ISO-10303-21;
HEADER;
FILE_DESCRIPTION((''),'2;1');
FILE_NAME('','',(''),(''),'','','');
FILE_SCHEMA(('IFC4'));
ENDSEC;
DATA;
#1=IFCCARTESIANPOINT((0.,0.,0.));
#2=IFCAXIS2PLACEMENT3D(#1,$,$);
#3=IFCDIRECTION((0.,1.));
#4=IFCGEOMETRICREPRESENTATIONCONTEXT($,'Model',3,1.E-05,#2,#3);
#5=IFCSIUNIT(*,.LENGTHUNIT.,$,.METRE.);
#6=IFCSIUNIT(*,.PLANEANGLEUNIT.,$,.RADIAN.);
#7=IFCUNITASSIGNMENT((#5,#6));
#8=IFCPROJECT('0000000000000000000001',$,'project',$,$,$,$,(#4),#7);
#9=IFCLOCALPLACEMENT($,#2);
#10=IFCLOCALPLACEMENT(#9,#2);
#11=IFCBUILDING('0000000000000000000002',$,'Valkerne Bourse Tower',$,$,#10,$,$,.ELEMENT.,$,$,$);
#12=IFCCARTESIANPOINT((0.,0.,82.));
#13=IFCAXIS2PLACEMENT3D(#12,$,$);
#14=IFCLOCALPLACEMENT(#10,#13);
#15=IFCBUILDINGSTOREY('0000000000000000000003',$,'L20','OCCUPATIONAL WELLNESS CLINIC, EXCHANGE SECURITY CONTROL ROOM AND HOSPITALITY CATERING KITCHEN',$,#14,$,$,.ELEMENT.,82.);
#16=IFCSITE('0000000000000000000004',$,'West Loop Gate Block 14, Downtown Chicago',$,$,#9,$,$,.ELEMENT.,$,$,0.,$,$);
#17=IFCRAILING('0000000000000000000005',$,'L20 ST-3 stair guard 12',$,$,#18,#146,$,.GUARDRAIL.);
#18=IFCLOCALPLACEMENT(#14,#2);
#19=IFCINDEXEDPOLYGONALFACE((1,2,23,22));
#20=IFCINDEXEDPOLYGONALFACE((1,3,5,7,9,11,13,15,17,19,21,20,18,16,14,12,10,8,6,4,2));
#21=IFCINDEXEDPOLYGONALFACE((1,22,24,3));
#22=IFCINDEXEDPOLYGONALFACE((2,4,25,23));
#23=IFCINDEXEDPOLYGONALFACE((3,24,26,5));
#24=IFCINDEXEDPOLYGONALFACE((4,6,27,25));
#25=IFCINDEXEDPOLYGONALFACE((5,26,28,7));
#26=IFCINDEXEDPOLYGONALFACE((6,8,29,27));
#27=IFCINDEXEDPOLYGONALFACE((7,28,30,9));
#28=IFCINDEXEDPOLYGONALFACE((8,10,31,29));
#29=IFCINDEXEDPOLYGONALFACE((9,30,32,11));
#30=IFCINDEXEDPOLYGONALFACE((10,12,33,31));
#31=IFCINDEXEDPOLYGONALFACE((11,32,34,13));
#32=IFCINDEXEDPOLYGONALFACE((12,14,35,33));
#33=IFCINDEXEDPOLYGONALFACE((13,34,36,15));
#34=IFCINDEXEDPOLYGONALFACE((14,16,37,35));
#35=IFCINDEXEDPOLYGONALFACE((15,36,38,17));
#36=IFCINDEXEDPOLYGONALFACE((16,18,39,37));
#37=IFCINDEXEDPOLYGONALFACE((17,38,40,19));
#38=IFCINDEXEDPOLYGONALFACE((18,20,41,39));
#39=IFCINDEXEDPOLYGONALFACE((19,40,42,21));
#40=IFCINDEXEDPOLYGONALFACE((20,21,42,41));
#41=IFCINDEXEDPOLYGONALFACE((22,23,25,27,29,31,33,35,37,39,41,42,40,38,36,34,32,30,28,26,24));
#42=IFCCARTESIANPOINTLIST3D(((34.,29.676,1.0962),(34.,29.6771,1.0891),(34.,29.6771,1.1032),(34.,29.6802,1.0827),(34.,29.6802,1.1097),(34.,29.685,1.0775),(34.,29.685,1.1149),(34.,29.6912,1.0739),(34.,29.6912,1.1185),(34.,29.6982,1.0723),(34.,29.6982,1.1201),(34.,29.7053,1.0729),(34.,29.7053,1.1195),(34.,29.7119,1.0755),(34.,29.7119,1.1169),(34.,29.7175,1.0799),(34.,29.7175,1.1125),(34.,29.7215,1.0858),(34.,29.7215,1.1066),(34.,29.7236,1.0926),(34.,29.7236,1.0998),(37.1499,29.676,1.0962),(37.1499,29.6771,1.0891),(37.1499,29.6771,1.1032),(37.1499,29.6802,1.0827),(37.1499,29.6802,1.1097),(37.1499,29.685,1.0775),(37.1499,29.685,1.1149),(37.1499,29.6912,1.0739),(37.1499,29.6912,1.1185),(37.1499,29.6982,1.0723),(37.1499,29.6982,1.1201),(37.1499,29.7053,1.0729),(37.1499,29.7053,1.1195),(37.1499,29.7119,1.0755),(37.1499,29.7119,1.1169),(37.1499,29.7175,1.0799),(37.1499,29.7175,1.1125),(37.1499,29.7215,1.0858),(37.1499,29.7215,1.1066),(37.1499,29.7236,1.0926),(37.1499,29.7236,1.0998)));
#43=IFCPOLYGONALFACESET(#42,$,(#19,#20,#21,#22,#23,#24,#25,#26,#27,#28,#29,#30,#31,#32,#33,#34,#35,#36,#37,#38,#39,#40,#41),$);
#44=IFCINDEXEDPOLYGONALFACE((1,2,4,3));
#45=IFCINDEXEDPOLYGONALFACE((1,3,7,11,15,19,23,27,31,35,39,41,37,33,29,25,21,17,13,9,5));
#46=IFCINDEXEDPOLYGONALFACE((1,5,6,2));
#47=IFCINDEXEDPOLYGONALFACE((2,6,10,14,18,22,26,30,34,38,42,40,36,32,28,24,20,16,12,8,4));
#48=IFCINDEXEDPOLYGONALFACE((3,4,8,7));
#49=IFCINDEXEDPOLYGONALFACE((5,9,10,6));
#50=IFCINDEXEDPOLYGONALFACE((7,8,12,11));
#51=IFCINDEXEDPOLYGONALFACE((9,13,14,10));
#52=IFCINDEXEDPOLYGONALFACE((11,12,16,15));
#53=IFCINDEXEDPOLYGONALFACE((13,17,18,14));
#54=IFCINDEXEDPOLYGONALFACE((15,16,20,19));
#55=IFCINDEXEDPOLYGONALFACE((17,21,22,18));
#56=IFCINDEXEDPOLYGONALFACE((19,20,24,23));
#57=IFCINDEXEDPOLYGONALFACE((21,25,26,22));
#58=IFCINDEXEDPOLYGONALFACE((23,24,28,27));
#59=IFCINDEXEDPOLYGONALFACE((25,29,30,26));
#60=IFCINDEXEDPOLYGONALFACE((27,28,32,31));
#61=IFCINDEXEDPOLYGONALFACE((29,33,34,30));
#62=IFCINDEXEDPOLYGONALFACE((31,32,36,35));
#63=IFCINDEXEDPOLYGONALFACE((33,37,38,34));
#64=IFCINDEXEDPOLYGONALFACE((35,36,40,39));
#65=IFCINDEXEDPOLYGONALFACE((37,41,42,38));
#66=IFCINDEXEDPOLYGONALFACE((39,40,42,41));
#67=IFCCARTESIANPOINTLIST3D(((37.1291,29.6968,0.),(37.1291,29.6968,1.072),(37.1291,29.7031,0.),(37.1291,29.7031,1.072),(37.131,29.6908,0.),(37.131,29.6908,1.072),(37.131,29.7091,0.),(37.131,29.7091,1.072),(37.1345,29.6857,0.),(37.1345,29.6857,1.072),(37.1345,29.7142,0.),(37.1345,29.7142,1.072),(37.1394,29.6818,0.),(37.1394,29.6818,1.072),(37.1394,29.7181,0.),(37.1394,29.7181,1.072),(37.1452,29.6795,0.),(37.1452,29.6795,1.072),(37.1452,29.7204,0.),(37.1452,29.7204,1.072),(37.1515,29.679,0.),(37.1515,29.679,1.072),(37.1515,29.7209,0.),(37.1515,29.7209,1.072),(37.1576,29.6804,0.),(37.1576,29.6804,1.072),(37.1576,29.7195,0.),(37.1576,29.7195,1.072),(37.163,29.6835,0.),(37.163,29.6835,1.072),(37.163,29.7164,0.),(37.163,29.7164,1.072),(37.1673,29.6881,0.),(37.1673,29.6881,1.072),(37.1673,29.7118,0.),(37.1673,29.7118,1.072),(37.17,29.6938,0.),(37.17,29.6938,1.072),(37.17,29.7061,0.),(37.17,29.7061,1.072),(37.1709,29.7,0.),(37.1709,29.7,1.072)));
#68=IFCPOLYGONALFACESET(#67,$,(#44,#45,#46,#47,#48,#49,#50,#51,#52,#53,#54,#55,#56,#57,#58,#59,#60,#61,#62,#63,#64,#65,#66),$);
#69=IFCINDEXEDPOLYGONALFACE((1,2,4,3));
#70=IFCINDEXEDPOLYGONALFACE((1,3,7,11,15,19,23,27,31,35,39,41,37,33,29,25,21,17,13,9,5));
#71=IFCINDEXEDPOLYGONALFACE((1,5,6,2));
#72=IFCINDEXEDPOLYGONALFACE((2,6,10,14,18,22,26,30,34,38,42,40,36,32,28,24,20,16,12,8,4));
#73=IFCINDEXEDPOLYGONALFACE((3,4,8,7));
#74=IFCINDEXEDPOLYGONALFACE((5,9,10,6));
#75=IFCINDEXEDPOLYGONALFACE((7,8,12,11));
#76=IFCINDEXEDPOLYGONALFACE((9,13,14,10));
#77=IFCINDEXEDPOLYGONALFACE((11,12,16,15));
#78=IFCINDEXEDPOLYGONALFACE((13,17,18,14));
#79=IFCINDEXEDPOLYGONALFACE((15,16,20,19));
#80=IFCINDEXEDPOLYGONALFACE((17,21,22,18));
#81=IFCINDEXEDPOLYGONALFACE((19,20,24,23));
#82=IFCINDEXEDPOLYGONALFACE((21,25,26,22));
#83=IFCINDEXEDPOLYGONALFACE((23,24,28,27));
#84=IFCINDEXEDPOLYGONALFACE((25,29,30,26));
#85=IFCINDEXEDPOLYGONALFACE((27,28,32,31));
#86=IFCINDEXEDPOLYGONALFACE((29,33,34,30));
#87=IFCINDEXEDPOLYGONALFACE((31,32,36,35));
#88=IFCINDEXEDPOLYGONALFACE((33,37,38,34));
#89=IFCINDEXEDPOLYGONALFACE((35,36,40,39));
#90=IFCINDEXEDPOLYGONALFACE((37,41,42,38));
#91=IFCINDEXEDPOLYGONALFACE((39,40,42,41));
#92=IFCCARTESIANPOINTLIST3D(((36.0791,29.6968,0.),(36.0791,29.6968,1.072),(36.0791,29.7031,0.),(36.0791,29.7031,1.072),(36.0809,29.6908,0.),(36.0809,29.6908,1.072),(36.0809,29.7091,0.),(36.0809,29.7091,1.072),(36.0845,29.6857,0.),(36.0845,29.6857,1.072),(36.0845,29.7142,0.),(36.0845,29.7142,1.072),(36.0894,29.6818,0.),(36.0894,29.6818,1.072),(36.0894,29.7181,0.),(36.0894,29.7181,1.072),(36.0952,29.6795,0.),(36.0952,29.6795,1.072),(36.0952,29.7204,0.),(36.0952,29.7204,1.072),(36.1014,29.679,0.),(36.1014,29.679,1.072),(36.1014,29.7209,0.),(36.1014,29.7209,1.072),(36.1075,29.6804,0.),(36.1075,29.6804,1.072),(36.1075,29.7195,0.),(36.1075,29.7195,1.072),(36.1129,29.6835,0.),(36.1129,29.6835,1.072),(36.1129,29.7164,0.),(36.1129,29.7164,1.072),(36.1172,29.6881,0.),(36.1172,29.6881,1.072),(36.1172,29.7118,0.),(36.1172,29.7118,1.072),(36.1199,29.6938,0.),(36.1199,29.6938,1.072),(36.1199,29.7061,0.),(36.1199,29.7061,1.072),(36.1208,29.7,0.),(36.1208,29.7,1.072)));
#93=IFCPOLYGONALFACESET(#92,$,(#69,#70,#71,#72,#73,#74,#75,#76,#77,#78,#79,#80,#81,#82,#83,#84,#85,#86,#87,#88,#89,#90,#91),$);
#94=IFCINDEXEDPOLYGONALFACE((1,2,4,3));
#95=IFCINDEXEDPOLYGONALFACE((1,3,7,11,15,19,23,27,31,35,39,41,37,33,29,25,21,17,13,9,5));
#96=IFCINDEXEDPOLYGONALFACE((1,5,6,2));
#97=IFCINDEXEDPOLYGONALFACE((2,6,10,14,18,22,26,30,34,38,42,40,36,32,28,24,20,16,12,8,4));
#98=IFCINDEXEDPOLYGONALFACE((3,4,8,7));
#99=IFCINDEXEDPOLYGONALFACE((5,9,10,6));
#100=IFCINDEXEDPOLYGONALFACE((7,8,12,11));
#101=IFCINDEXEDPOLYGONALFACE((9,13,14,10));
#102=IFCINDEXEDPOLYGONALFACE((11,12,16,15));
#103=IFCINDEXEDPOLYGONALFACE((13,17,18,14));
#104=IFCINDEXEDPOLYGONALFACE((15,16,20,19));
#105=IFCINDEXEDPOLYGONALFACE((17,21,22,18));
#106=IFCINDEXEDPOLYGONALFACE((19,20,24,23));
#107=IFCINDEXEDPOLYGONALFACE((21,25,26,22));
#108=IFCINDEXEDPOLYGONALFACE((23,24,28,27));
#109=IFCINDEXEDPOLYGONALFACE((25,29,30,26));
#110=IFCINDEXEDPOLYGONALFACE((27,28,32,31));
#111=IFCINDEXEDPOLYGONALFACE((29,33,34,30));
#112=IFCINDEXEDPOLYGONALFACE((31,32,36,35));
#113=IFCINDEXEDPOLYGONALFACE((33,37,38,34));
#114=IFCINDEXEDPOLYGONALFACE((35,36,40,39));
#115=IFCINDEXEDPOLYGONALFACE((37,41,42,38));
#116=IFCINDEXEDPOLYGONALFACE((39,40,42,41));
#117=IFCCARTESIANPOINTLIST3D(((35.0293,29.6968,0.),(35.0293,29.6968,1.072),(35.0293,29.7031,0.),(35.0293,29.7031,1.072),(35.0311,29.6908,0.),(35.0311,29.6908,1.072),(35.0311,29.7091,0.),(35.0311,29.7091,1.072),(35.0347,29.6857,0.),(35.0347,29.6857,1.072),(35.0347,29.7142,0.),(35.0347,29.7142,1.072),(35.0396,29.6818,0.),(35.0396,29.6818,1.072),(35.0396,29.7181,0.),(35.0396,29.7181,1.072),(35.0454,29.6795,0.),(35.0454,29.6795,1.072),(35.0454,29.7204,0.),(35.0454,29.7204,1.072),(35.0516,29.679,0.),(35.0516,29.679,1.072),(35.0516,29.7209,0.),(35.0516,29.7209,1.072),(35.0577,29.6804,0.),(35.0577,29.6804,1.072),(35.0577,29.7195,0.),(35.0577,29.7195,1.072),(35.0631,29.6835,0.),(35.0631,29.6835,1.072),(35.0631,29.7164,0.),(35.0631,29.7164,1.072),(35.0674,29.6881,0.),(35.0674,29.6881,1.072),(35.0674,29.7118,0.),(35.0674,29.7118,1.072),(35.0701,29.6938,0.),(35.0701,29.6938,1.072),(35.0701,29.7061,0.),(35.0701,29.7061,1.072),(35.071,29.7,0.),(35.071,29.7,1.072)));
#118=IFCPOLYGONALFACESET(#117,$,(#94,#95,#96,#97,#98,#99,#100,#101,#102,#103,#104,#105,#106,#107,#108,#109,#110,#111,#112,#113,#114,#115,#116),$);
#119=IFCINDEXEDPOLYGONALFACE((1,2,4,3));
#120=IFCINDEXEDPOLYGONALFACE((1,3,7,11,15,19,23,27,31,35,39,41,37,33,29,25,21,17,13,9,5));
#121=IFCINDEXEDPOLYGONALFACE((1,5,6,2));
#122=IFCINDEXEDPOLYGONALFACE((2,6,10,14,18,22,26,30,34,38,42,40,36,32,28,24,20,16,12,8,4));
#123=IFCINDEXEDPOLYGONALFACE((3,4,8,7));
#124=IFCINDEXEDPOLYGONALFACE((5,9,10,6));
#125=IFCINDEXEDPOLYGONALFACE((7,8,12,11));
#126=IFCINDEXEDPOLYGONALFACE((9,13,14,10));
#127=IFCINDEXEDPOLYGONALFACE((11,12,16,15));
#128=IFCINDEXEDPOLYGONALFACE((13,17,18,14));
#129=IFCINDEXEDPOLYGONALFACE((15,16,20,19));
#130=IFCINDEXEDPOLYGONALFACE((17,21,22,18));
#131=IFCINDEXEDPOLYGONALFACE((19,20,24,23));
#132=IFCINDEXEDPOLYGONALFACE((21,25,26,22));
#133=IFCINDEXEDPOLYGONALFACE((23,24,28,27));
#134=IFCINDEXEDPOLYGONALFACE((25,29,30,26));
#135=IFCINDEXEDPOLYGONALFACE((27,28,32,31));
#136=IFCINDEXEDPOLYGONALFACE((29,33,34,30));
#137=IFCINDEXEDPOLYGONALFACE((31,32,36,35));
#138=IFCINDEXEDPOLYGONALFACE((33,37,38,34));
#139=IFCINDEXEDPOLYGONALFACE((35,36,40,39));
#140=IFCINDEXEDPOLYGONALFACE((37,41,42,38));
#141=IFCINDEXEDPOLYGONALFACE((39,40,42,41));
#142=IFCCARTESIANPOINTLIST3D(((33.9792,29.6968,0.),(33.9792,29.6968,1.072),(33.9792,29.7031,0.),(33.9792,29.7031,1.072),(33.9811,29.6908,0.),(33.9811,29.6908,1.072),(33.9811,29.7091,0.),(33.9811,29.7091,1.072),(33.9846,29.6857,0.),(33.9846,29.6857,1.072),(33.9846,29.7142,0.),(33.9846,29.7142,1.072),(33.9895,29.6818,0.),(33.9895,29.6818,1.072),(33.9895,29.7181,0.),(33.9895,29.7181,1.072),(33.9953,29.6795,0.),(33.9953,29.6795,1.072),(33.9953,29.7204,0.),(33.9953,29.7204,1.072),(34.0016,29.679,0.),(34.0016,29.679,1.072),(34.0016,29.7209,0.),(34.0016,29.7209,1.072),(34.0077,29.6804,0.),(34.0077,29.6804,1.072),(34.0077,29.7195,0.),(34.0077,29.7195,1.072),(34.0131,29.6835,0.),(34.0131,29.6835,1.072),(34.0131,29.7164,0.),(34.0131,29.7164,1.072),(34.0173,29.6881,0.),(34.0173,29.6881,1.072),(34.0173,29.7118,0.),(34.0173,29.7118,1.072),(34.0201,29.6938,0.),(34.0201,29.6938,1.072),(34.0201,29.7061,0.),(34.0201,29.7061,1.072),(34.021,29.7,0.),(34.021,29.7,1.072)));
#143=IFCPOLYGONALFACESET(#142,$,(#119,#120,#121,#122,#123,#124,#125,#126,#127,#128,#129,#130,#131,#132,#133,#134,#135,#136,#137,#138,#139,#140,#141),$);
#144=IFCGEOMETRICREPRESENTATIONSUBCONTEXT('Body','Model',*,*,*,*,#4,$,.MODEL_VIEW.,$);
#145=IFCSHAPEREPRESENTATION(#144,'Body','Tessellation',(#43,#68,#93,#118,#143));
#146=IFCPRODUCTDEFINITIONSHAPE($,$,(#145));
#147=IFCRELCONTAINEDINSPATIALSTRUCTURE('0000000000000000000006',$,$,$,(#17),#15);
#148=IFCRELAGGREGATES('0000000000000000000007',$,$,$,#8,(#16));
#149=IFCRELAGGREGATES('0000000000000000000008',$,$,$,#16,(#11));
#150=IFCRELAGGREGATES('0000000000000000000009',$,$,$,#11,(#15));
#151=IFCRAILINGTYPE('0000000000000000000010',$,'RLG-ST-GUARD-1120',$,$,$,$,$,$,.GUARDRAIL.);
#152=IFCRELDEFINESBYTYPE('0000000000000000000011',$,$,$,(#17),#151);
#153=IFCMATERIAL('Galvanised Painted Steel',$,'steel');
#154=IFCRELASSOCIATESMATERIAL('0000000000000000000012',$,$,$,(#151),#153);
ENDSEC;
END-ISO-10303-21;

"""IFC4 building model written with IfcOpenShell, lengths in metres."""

from ifc_helpers import new_model, si_unit, direction, frame, origin, origin_2d, place, context, subcontext, project, spatial, circle, extrude, material, type_object, element, save


model = new_model("IFC4")

# Units and contexts
model_context = context("Model", 3, precision=1e-05, world=origin(), true_north=direction((0.0, 1.0)))
body_context = subcontext(model_context, "Body", "Model", "MODEL_VIEW")
ifc_project = project(units=[si_unit("LENGTHUNIT", "METRE"), si_unit("PLANEANGLEUNIT", "RADIAN")], contexts=[model_context])

# Site, building, storey
site_placement = place(None, origin())
site = spatial("IfcSite", under=ifc_project, at=site_placement, Name="West Loop Gate Block 14, Downtown Chicago", CompositionType="ELEMENT", RefElevation=0.0)
building_placement = place(site_placement, origin())
building = spatial("IfcBuilding", under=site, at=building_placement, Name="Valkerne Bourse Tower", CompositionType="ELEMENT")
storey_placement = place(building_placement, frame((0.0, 0.0, 82.0)))
storey = spatial("IfcBuildingStorey", under=building, at=storey_placement, Name="L20", Description="OCCUPATIONAL WELLNESS CLINIC, EXCHANGE SECURITY CONTROL ROOM AND HOSPITALITY CATERING KITCHEN", CompositionType="ELEMENT", Elevation=82.0)

# Railing
ifc_material_1 = material(Name="Galvanised Painted Steel", Category="steel")
railing_type_1 = type_object("IfcRailingType", Name="RLG-ST-GUARD-1120", PredefinedType="GUARDRAIL", material=ifc_material_1)
railing_1_placement = place(storey_placement, frame((37.1499, 29.7, 0.0)))
element("IfcRailing", 1, at=railing_1_placement, inside=storey, type_object=railing_type_1, Name="L20 ST-3 stair guard 12", PredefinedType="GUARDRAIL", context=body_context, shape_type="SweptSolid", body=[
    extrude(circle(Radius=0.0239, at=origin_2d()), frame((0.0, 0.0, 1.0962), z_axis=(-1.0, 0.0, 0.0), x_axis=(0.0, -1.0, 0.0)), (0.0, 0.0, 1.0), 3.1499),
    extrude(circle(Radius=0.021, at=origin_2d()), origin(), (0.0, 0.0, 1.0), 1.072),
    extrude(circle(Radius=0.021, at=origin_2d()), frame((-1.05, 0.0, 0.0)), (0.0, 0.0, 1.0), 1.072),
    extrude(circle(Radius=0.021, at=origin_2d()), frame((-2.0999, 0.0, 0.0)), (0.0, 0.0, 1.0), 1.072),
    extrude(circle(Radius=0.021, at=origin_2d()), frame((-3.1499, 0.0, 0.0)), (0.0, 0.0, 1.0), 1.072),
])

save(model, "model.ifc")
